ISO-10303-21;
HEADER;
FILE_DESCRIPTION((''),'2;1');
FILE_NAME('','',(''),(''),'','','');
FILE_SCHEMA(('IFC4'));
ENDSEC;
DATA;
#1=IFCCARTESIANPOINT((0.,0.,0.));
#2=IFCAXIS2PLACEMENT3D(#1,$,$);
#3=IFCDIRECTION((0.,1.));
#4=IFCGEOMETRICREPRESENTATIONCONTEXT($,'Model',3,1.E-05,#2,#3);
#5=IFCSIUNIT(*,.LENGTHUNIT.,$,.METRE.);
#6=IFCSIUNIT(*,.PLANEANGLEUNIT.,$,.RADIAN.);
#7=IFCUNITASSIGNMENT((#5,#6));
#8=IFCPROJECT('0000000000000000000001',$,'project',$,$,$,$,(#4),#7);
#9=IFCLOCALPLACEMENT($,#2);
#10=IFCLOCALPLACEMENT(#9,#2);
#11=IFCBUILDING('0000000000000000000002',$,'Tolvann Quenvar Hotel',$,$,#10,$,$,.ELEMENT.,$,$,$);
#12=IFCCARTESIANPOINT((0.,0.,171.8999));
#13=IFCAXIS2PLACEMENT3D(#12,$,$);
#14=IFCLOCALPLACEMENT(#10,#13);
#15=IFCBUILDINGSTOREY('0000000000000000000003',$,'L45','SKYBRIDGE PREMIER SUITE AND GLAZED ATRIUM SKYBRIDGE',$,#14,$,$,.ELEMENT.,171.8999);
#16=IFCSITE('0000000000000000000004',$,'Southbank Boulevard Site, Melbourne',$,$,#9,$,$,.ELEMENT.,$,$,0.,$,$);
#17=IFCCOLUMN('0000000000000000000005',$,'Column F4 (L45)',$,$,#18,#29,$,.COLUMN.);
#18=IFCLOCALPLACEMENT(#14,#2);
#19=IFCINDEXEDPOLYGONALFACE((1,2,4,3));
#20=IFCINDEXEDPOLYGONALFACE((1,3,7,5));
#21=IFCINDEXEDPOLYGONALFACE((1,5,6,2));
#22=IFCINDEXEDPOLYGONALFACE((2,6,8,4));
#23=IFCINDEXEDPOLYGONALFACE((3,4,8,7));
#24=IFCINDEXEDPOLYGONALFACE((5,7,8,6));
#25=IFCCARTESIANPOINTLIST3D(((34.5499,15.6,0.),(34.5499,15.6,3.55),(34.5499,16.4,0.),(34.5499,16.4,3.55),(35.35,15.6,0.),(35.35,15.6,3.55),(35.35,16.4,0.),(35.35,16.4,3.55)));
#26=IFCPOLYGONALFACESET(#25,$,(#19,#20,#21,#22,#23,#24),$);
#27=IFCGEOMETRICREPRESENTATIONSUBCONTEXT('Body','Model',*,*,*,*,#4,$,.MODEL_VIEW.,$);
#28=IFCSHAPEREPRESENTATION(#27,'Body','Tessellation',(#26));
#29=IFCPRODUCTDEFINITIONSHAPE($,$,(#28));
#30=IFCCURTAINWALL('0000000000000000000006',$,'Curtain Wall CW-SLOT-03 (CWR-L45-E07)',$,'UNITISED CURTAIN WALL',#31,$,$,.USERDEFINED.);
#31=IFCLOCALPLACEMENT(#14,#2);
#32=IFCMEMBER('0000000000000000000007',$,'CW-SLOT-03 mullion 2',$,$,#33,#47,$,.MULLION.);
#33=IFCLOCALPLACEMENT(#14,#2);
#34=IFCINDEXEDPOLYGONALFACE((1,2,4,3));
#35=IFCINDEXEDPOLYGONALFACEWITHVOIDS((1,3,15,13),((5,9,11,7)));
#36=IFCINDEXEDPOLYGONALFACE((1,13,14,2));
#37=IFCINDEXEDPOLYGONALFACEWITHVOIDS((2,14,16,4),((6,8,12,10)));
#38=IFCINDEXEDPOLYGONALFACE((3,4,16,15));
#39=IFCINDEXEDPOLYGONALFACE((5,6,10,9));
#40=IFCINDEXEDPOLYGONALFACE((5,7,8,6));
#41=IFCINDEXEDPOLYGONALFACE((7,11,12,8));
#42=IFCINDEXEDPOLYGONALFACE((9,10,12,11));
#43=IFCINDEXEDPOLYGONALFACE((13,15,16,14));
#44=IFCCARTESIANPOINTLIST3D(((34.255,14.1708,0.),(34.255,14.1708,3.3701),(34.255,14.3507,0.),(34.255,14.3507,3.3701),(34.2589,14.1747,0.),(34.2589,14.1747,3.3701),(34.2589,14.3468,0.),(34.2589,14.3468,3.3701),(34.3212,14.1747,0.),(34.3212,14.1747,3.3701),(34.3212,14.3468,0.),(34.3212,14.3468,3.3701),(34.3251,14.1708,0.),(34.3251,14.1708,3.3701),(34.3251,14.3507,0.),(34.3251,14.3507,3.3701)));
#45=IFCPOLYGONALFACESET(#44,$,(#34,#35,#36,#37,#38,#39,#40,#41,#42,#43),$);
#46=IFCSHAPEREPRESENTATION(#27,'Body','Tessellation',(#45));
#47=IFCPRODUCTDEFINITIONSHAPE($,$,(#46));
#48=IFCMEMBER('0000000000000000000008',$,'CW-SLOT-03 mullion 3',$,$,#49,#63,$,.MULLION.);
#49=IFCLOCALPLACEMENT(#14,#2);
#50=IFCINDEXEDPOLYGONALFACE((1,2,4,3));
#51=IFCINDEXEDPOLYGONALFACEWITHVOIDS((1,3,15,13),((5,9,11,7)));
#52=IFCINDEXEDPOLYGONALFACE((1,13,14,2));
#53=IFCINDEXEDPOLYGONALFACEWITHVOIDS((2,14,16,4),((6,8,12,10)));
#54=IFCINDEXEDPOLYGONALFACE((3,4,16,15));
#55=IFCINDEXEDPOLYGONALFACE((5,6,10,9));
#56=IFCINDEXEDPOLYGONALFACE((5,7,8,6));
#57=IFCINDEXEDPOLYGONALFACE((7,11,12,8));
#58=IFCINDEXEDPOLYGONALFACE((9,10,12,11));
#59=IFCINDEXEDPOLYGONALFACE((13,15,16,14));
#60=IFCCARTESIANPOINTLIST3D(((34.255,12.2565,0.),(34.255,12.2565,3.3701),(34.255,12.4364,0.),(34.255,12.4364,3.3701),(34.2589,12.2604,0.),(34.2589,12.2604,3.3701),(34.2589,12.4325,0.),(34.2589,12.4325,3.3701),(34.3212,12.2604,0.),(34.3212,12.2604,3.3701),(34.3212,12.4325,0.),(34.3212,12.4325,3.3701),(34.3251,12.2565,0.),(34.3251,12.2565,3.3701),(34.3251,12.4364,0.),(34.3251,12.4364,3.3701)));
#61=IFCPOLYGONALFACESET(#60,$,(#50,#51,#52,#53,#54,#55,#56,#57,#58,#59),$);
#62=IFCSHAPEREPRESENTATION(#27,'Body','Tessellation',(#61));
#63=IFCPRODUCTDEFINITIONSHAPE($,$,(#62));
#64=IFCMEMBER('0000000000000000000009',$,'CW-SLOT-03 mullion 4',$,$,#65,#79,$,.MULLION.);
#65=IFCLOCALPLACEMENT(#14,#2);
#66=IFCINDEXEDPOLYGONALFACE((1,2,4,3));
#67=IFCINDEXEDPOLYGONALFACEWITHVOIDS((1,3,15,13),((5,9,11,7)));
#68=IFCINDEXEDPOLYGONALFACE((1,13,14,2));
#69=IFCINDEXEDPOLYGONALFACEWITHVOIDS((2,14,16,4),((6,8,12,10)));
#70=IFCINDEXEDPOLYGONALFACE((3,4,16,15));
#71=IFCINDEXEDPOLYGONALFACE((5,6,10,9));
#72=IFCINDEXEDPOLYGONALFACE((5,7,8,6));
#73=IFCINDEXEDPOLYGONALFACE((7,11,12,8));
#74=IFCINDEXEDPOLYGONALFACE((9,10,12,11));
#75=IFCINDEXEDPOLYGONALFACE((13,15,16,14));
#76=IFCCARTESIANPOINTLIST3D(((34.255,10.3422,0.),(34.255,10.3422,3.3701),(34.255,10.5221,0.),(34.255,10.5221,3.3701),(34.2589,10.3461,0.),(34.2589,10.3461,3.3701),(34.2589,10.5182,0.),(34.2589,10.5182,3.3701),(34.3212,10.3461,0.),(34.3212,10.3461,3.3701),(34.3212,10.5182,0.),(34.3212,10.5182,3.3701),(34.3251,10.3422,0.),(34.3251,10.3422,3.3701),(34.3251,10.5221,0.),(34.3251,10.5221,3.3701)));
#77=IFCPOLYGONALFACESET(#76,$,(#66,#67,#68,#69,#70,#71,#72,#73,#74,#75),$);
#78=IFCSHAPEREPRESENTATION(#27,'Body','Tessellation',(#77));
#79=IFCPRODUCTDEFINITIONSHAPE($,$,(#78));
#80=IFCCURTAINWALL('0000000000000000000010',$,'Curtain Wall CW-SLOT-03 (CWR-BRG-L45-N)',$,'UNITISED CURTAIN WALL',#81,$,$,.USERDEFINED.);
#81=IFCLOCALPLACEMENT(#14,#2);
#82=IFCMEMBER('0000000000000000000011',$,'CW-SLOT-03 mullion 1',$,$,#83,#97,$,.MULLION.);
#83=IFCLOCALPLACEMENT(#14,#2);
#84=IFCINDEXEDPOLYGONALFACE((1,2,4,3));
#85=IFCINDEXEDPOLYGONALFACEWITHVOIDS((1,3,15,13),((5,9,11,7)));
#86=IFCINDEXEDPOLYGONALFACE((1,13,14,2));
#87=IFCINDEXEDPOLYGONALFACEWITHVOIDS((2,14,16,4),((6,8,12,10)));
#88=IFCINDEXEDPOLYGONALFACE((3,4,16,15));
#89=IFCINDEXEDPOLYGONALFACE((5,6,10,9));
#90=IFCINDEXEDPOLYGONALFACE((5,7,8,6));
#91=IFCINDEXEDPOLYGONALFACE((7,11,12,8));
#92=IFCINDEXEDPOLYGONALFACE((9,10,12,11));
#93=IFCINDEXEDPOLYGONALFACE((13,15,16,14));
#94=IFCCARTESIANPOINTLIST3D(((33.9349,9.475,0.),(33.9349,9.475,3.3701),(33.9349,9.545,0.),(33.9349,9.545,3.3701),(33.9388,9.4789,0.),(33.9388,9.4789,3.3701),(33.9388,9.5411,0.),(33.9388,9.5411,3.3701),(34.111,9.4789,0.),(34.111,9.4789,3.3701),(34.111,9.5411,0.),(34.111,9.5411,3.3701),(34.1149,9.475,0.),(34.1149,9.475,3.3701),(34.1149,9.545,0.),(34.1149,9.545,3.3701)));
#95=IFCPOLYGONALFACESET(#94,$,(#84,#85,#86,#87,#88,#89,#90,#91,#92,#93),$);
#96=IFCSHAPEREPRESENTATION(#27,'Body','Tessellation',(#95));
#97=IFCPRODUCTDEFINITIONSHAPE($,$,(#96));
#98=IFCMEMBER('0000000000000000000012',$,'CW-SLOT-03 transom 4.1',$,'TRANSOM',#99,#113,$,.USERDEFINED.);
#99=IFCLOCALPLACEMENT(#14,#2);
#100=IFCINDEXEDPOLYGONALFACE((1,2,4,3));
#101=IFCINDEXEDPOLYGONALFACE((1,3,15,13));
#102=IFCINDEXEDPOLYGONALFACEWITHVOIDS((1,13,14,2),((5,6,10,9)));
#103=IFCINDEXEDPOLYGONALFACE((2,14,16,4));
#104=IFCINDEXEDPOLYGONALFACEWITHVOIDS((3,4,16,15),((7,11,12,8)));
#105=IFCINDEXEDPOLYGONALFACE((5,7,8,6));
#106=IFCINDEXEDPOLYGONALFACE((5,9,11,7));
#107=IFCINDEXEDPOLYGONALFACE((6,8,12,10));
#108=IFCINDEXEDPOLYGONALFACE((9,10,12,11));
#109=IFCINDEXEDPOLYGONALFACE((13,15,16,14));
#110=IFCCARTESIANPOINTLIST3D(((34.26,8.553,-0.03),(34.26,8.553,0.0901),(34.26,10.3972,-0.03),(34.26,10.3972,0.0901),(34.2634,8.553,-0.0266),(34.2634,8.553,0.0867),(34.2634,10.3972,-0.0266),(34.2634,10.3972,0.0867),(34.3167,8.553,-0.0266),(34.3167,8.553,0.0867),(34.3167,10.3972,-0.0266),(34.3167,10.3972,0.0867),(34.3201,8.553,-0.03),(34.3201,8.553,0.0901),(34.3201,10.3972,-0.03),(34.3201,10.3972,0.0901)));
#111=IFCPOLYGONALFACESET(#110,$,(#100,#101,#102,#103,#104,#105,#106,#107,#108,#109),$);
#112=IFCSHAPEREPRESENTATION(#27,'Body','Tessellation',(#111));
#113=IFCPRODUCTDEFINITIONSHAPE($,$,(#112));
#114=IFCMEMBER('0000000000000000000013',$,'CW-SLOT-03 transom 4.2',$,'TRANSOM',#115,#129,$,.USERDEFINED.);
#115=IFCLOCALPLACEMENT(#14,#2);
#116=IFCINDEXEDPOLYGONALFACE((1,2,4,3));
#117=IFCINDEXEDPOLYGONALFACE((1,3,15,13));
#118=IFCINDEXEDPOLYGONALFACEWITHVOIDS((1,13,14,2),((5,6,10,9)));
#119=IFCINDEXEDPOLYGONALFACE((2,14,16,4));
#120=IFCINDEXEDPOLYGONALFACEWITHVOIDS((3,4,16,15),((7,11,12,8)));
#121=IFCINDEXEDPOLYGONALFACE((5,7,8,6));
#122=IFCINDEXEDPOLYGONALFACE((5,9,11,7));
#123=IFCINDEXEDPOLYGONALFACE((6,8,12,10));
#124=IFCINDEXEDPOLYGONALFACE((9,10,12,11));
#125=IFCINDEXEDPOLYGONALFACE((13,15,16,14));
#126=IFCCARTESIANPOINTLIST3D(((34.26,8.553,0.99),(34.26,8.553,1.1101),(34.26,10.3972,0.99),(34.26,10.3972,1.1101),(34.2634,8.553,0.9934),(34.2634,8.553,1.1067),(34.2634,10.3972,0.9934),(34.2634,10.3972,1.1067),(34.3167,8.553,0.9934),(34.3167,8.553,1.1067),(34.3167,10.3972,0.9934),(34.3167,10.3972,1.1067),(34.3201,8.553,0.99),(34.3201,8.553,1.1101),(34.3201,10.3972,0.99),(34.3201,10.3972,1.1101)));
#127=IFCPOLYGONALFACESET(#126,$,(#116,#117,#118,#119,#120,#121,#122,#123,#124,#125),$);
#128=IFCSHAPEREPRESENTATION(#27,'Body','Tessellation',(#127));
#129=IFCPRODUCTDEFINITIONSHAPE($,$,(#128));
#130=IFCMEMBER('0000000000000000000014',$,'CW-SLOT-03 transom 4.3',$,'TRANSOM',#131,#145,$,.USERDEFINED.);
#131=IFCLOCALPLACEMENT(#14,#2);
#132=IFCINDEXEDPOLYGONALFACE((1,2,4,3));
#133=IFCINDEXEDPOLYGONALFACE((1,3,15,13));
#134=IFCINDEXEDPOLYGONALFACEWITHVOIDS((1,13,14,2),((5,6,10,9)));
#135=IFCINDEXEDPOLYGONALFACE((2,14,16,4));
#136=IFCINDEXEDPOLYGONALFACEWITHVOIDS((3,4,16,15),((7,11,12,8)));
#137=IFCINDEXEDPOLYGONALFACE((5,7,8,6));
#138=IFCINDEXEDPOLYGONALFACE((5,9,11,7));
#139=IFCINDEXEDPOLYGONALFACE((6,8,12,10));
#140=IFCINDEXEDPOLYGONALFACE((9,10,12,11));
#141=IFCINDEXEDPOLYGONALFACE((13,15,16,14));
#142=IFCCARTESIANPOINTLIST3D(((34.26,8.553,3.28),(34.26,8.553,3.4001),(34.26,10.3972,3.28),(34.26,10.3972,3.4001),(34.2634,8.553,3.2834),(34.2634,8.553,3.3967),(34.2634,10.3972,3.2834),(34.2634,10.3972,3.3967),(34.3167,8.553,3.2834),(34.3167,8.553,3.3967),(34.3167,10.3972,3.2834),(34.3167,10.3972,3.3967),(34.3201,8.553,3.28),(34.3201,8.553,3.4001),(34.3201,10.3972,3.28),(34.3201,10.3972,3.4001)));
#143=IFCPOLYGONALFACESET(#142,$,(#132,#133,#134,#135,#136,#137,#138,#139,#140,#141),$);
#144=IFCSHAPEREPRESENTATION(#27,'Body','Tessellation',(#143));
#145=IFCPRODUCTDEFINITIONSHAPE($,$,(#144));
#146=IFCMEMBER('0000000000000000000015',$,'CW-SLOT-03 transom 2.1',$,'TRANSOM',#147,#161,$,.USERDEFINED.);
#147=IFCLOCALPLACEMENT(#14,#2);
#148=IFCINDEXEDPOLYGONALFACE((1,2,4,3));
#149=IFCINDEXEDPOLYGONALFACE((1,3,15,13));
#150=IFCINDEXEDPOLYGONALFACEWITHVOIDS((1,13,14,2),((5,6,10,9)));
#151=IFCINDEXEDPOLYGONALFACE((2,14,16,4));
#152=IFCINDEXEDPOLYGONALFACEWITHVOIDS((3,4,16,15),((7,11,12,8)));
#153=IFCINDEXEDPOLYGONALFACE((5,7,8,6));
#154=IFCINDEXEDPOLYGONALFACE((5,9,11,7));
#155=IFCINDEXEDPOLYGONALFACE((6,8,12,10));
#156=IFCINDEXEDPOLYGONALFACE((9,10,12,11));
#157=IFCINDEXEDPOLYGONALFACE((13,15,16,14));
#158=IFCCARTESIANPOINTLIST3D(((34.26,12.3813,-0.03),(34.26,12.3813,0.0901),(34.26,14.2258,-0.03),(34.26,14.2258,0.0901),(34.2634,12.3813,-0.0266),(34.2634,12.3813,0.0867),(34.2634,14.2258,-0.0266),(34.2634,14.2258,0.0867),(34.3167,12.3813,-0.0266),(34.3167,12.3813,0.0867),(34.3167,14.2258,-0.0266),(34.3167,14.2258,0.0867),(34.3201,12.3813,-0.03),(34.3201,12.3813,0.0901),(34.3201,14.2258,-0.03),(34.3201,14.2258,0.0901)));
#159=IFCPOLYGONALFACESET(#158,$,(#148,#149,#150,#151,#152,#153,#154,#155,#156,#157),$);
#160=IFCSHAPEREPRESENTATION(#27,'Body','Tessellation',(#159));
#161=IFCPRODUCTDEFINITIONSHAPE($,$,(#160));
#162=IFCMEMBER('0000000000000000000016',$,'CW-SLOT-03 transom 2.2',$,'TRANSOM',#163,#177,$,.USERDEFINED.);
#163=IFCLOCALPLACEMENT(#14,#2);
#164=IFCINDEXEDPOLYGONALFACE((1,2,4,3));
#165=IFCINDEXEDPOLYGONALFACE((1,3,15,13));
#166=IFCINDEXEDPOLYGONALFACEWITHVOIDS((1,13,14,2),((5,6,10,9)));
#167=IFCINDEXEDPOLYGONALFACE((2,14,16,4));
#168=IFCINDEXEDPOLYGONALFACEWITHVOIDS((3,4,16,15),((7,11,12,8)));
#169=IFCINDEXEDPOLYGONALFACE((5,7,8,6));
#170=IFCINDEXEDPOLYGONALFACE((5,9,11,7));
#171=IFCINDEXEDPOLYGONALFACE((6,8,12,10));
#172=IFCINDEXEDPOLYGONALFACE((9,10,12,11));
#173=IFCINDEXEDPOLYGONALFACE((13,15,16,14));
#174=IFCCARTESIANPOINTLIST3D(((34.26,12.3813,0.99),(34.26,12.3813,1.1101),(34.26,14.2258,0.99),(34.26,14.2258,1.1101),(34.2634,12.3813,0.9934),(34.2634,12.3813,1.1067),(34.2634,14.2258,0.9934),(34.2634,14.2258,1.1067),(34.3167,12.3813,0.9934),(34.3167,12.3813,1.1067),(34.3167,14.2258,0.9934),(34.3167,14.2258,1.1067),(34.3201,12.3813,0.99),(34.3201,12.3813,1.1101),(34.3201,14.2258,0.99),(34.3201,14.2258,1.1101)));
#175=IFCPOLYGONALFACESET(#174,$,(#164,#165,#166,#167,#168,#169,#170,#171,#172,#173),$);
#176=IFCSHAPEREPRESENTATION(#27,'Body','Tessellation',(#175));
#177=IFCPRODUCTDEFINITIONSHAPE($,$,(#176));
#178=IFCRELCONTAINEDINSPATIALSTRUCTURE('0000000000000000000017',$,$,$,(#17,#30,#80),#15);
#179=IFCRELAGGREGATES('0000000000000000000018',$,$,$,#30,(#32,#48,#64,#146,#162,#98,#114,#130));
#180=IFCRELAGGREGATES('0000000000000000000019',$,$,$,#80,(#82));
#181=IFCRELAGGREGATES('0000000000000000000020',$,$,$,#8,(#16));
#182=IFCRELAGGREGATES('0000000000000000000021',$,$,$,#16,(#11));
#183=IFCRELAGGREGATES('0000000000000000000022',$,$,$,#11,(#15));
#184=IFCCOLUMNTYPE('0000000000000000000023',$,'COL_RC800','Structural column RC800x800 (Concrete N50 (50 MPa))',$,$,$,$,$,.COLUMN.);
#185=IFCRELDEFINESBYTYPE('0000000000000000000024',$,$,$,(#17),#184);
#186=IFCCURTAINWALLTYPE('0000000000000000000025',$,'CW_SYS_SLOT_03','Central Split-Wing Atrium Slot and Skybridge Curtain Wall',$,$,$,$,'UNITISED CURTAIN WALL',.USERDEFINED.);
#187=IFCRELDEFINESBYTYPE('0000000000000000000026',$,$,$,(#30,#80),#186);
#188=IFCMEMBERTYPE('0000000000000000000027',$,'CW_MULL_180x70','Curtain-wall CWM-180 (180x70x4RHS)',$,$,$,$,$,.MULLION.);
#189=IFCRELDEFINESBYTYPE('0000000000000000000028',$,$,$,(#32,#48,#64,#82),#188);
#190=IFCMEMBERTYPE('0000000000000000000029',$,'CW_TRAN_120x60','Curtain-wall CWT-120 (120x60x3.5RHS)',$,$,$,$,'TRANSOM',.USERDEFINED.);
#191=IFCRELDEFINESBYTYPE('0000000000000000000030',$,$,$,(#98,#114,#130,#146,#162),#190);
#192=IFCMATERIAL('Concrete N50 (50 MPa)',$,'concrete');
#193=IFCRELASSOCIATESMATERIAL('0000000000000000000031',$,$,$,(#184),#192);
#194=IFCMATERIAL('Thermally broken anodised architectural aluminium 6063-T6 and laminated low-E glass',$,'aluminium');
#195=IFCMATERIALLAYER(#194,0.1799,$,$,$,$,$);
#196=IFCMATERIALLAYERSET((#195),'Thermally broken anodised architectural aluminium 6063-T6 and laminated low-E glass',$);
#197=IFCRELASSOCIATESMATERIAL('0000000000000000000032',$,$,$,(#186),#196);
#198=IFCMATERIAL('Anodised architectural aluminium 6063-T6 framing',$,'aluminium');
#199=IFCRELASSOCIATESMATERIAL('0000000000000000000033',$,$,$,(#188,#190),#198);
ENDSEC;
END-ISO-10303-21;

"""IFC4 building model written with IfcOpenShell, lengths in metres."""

from ifc_helpers import new_model, si_unit, direction, frame, origin, origin_2d, place, context, subcontext, project, spatial, rectangle, hollow_rectangle, extrude, source, transform, mapped, material, layer, layer_set, material_profile, profile_set, type_object, type_shapes, element, aggregate, save


model = new_model("IFC4")

# Units and contexts
model_context = context("Model", 3, precision=1e-05, world=origin(), true_north=direction((0.0, 1.0)))
body_context = subcontext(model_context, "Body", "Model", "MODEL_VIEW")
ifc_project = project(units=[si_unit("LENGTHUNIT", "METRE"), si_unit("PLANEANGLEUNIT", "RADIAN")], contexts=[model_context])

# Site, building, storey
site_placement = place(None, origin())
site = spatial("IfcSite", under=ifc_project, at=site_placement, Name="Southbank Boulevard Site, Melbourne", CompositionType="ELEMENT", RefElevation=0.0)
building_placement = place(site_placement, origin())
building = spatial("IfcBuilding", under=site, at=building_placement, Name="Tolvann Quenvar Hotel", CompositionType="ELEMENT")
storey_placement = place(building_placement, frame((0.0, 0.0, 171.8999)))
storey = spatial("IfcBuildingStorey", under=building, at=storey_placement, Name="L45", Description="SKYBRIDGE PREMIER SUITE AND GLAZED ATRIUM SKYBRIDGE", CompositionType="ELEMENT", Elevation=171.8999)

# Column
ifc_material_1 = material(Name="Concrete N50 (50 MPa)", Category="concrete")
ifc_material_profile_1 = material_profile(ifc_material_1, rectangle(XDim=0.8, YDim=0.8, at=origin_2d()), Name="RC800x800")
ifc_profile_set_1 = profile_set([ifc_material_profile_1], Name="Concrete N50 (50 MPa)")
column_type = type_object("IfcColumnType", Name="COL_RC800", Description="Structural column RC800x800 (Concrete N50 (50 MPa))", PredefinedType="COLUMN", material=ifc_profile_set_1)
shared_shape_1 = source(origin(), body_context, "Body", "SweptSolid", [
    extrude(rectangle(XDim=0.8, YDim=0.8, at=origin_2d()), origin(), (0.0, 0.0, 1.0), 3.55),
])
type_shapes(column_type, [shared_shape_1])
column_placement = place(storey_placement, frame((34.95, 16.0, 0.0), z_axis=(0.0, 0.0, 1.0), x_axis=(1.0, 0.0, 0.0)))
element("IfcColumn", 1, at=column_placement, inside=storey, type_object=column_type, Name="Column F4 (L45)", PredefinedType="COLUMN", context=body_context, shape_type="MappedRepresentation", body=[
    mapped(shared_shape_1, transform((0.0, 0.0, 0.0), x_axis=(1.0, 0.0, 0.0), y_axis=(0.0, 1.0, 0.0), z_axis=(0.0, 0.0, 1.0), scale=1.0)),
])

# Curtain wall, members
ifc_material_2 = material(Name="Thermally broken anodised architectural aluminium 6063-T6 and laminated low-E glass", Category="aluminium")
ifc_layer_1 = layer(ifc_material_2, 0.1799)
ifc_layer_set_1 = layer_set([ifc_layer_1], Name="Thermally broken anodised architectural aluminium 6063-T6 and laminated low-E glass")
curtain_wall_type = type_object("IfcCurtainWallType", Name="CW_SYS_SLOT_03", Description="Central Split-Wing Atrium Slot and Skybridge Curtain Wall", ElementType="UNITISED CURTAIN WALL", PredefinedType="USERDEFINED", material=ifc_layer_set_1)
curtain_wall_1_placement = place(storey_placement, origin())
curtain_wall_1 = element("IfcCurtainWall", 2, at=curtain_wall_1_placement, inside=storey, type_object=curtain_wall_type, Name="Curtain Wall CW-SLOT-03 (CWR-L45-E07)", ObjectType="UNITISED CURTAIN WALL", PredefinedType="USERDEFINED")
ifc_material_3 = material(Name="Anodised architectural aluminium 6063-T6 framing", Category="aluminium")
ifc_material_profile_2 = material_profile(ifc_material_3, hollow_rectangle(XDim=0.0701, YDim=0.1799, WallThickness=0.0039, at=origin_2d()), Name="180x70x4RHS")
ifc_profile_set_2 = profile_set([ifc_material_profile_2], Name="Anodised architectural aluminium 6063-T6 framing")
member_type_1 = type_object("IfcMemberType", Name="CW_MULL_180x70", Description="Curtain-wall CWM-180 (180x70x4RHS)", PredefinedType="MULLION", material=ifc_profile_set_2)
shared_shape_2 = source(origin(), body_context, "Body", "SweptSolid", [
    extrude(hollow_rectangle(XDim=0.0701, YDim=0.1799, WallThickness=0.0039, at=origin_2d()), origin(), (0.0, 0.0, 1.0), 3.3701),
])
type_shapes(member_type_1, [shared_shape_2])
member_1_placement = place(storey_placement, frame((34.29, 14.2607, 0.0), z_axis=(0.0, 0.0, 1.0), x_axis=(1.0, 0.0, 0.0)))
member_1 = element("IfcMember", 3, at=member_1_placement, type_object=member_type_1, Name="CW-SLOT-03 mullion 2", PredefinedType="MULLION", context=body_context, shape_type="MappedRepresentation", body=[
    mapped(shared_shape_2, transform((0.0, 0.0, 0.0), x_axis=(1.0, 0.0, 0.0), y_axis=(0.0, 1.0, 0.0), z_axis=(0.0, 0.0, 1.0), scale=1.0)),
])
member_2_placement = place(storey_placement, frame((34.29, 12.3464, 0.0), z_axis=(0.0, 0.0, 1.0), x_axis=(1.0, 0.0, 0.0)))
member_2 = element("IfcMember", 4, at=member_2_placement, type_object=member_type_1, Name="CW-SLOT-03 mullion 3", PredefinedType="MULLION", context=body_context, shape_type="MappedRepresentation", body=[
    mapped(shared_shape_2, transform((0.0, 0.0, 0.0), x_axis=(1.0, 0.0, 0.0), y_axis=(0.0, 1.0, 0.0), z_axis=(0.0, 0.0, 1.0), scale=1.0)),
])
member_3_placement = place(storey_placement, frame((34.29, 10.4321, 0.0), z_axis=(0.0, 0.0, 1.0), x_axis=(1.0, 0.0, 0.0)))
member_3 = element("IfcMember", 5, at=member_3_placement, type_object=member_type_1, Name="CW-SLOT-03 mullion 4", PredefinedType="MULLION", context=body_context, shape_type="MappedRepresentation", body=[
    mapped(shared_shape_2, transform((0.0, 0.0, 0.0), x_axis=(1.0, 0.0, 0.0), y_axis=(0.0, 1.0, 0.0), z_axis=(0.0, 0.0, 1.0), scale=1.0)),
])

# Curtain wall, member
curtain_wall_2_placement = place(storey_placement, origin())
curtain_wall_2 = element("IfcCurtainWall", 6, at=curtain_wall_2_placement, inside=storey, type_object=curtain_wall_type, Name="Curtain Wall CW-SLOT-03 (CWR-BRG-L45-N)", ObjectType="UNITISED CURTAIN WALL", PredefinedType="USERDEFINED")
member_4_placement = place(storey_placement, frame((34.0249, 9.51, 0.0), z_axis=(0.0, 0.0, 1.0), x_axis=(0.0, -1.0, 0.0)))
member_4 = element("IfcMember", 7, at=member_4_placement, type_object=member_type_1, Name="CW-SLOT-03 mullion 1", PredefinedType="MULLION", context=body_context, shape_type="MappedRepresentation", body=[
    mapped(shared_shape_2, transform((0.0, 0.0, 0.0), x_axis=(1.0, 0.0, 0.0), y_axis=(0.0, 1.0, 0.0), z_axis=(0.0, 0.0, 1.0), scale=1.0)),
])

# Members
ifc_material_profile_3 = material_profile(ifc_material_3, hollow_rectangle(XDim=0.0601, YDim=0.1201, WallThickness=0.0034, at=origin_2d()), Name="120x60x3.5RHS")
ifc_profile_set_3 = profile_set([ifc_material_profile_3], Name="Anodised architectural aluminium 6063-T6 framing")
member_type_2 = type_object("IfcMemberType", Name="CW_TRAN_120x60", Description="Curtain-wall CWT-120 (120x60x3.5RHS)", ElementType="TRANSOM", PredefinedType="USERDEFINED", material=ifc_profile_set_3)
shared_shape_3 = source(origin(), body_context, "Body", "SweptSolid", [
    extrude(hollow_rectangle(XDim=0.0601, YDim=0.1201, WallThickness=0.0034, at=origin_2d()), origin(), (0.0, 0.0, 1.0), 1.8442),
])
member_5_placement = place(storey_placement, frame((34.29, 10.3972, 0.03), z_axis=(0.0, -1.0, 0.0), x_axis=(1.0, 0.0, 0.0)))
member_5 = element("IfcMember", 8, at=member_5_placement, type_object=member_type_2, Name="CW-SLOT-03 transom 4.1", ObjectType="TRANSOM", PredefinedType="USERDEFINED", context=body_context, shape_type="MappedRepresentation", body=[
    mapped(shared_shape_3, transform((0.0, 0.0, 0.0), x_axis=(1.0, 0.0, 0.0), y_axis=(0.0, 1.0, 0.0), z_axis=(0.0, 0.0, 1.0), scale=1.0)),
])
member_6_placement = place(storey_placement, frame((34.29, 10.3972, 1.05), z_axis=(0.0, -1.0, 0.0), x_axis=(1.0, 0.0, 0.0)))
member_6 = element("IfcMember", 9, at=member_6_placement, type_object=member_type_2, Name="CW-SLOT-03 transom 4.2", ObjectType="TRANSOM", PredefinedType="USERDEFINED", context=body_context, shape_type="MappedRepresentation", body=[
    mapped(shared_shape_3, transform((0.0, 0.0, 0.0), x_axis=(1.0, 0.0, 0.0), y_axis=(0.0, 1.0, 0.0), z_axis=(0.0, 0.0, 1.0), scale=1.0)),
])
member_7_placement = place(storey_placement, frame((34.29, 10.3972, 3.3401), z_axis=(0.0, -1.0, 0.0), x_axis=(1.0, 0.0, 0.0)))
member_7 = element("IfcMember", 10, at=member_7_placement, type_object=member_type_2, Name="CW-SLOT-03 transom 4.3", ObjectType="TRANSOM", PredefinedType="USERDEFINED", context=body_context, shape_type="MappedRepresentation", body=[
    mapped(shared_shape_3, transform((0.0, 0.0, 0.0), x_axis=(1.0, 0.0, 0.0), y_axis=(0.0, 1.0, 0.0), z_axis=(0.0, 0.0, 1.0), scale=1.0)),
])
shared_shape_4 = source(origin(), body_context, "Body", "SweptSolid", [
    extrude(hollow_rectangle(XDim=0.0601, YDim=0.1201, WallThickness=0.0034, at=origin_2d()), origin(), (0.0, 0.0, 1.0), 1.8445),
])
member_8_placement = place(storey_placement, frame((34.29, 14.2258, 0.03), z_axis=(0.0, -1.0, 0.0), x_axis=(1.0, 0.0, 0.0)))
member_8 = element("IfcMember", 11, at=member_8_placement, type_object=member_type_2, Name="CW-SLOT-03 transom 2.1", ObjectType="TRANSOM", PredefinedType="USERDEFINED", context=body_context, shape_type="MappedRepresentation", body=[
    mapped(shared_shape_4, transform((0.0, 0.0, 0.0), x_axis=(1.0, 0.0, 0.0), y_axis=(0.0, 1.0, 0.0), z_axis=(0.0, 0.0, 1.0), scale=1.0)),
])
member_9_placement = place(storey_placement, frame((34.29, 14.2258, 1.05), z_axis=(0.0, -1.0, 0.0), x_axis=(1.0, 0.0, 0.0)))
member_9 = element("IfcMember", 12, at=member_9_placement, type_object=member_type_2, Name="CW-SLOT-03 transom 2.2", ObjectType="TRANSOM", PredefinedType="USERDEFINED", context=body_context, shape_type="MappedRepresentation", body=[
    mapped(shared_shape_4, transform((0.0, 0.0, 0.0), x_axis=(1.0, 0.0, 0.0), y_axis=(0.0, 1.0, 0.0), z_axis=(0.0, 0.0, 1.0), scale=1.0)),
])

aggregate(curtain_wall_1, [member_1, member_2, member_3, member_8, member_9, member_5, member_6, member_7])
aggregate(curtain_wall_2, [member_4])

save(model, "model.ifc")
